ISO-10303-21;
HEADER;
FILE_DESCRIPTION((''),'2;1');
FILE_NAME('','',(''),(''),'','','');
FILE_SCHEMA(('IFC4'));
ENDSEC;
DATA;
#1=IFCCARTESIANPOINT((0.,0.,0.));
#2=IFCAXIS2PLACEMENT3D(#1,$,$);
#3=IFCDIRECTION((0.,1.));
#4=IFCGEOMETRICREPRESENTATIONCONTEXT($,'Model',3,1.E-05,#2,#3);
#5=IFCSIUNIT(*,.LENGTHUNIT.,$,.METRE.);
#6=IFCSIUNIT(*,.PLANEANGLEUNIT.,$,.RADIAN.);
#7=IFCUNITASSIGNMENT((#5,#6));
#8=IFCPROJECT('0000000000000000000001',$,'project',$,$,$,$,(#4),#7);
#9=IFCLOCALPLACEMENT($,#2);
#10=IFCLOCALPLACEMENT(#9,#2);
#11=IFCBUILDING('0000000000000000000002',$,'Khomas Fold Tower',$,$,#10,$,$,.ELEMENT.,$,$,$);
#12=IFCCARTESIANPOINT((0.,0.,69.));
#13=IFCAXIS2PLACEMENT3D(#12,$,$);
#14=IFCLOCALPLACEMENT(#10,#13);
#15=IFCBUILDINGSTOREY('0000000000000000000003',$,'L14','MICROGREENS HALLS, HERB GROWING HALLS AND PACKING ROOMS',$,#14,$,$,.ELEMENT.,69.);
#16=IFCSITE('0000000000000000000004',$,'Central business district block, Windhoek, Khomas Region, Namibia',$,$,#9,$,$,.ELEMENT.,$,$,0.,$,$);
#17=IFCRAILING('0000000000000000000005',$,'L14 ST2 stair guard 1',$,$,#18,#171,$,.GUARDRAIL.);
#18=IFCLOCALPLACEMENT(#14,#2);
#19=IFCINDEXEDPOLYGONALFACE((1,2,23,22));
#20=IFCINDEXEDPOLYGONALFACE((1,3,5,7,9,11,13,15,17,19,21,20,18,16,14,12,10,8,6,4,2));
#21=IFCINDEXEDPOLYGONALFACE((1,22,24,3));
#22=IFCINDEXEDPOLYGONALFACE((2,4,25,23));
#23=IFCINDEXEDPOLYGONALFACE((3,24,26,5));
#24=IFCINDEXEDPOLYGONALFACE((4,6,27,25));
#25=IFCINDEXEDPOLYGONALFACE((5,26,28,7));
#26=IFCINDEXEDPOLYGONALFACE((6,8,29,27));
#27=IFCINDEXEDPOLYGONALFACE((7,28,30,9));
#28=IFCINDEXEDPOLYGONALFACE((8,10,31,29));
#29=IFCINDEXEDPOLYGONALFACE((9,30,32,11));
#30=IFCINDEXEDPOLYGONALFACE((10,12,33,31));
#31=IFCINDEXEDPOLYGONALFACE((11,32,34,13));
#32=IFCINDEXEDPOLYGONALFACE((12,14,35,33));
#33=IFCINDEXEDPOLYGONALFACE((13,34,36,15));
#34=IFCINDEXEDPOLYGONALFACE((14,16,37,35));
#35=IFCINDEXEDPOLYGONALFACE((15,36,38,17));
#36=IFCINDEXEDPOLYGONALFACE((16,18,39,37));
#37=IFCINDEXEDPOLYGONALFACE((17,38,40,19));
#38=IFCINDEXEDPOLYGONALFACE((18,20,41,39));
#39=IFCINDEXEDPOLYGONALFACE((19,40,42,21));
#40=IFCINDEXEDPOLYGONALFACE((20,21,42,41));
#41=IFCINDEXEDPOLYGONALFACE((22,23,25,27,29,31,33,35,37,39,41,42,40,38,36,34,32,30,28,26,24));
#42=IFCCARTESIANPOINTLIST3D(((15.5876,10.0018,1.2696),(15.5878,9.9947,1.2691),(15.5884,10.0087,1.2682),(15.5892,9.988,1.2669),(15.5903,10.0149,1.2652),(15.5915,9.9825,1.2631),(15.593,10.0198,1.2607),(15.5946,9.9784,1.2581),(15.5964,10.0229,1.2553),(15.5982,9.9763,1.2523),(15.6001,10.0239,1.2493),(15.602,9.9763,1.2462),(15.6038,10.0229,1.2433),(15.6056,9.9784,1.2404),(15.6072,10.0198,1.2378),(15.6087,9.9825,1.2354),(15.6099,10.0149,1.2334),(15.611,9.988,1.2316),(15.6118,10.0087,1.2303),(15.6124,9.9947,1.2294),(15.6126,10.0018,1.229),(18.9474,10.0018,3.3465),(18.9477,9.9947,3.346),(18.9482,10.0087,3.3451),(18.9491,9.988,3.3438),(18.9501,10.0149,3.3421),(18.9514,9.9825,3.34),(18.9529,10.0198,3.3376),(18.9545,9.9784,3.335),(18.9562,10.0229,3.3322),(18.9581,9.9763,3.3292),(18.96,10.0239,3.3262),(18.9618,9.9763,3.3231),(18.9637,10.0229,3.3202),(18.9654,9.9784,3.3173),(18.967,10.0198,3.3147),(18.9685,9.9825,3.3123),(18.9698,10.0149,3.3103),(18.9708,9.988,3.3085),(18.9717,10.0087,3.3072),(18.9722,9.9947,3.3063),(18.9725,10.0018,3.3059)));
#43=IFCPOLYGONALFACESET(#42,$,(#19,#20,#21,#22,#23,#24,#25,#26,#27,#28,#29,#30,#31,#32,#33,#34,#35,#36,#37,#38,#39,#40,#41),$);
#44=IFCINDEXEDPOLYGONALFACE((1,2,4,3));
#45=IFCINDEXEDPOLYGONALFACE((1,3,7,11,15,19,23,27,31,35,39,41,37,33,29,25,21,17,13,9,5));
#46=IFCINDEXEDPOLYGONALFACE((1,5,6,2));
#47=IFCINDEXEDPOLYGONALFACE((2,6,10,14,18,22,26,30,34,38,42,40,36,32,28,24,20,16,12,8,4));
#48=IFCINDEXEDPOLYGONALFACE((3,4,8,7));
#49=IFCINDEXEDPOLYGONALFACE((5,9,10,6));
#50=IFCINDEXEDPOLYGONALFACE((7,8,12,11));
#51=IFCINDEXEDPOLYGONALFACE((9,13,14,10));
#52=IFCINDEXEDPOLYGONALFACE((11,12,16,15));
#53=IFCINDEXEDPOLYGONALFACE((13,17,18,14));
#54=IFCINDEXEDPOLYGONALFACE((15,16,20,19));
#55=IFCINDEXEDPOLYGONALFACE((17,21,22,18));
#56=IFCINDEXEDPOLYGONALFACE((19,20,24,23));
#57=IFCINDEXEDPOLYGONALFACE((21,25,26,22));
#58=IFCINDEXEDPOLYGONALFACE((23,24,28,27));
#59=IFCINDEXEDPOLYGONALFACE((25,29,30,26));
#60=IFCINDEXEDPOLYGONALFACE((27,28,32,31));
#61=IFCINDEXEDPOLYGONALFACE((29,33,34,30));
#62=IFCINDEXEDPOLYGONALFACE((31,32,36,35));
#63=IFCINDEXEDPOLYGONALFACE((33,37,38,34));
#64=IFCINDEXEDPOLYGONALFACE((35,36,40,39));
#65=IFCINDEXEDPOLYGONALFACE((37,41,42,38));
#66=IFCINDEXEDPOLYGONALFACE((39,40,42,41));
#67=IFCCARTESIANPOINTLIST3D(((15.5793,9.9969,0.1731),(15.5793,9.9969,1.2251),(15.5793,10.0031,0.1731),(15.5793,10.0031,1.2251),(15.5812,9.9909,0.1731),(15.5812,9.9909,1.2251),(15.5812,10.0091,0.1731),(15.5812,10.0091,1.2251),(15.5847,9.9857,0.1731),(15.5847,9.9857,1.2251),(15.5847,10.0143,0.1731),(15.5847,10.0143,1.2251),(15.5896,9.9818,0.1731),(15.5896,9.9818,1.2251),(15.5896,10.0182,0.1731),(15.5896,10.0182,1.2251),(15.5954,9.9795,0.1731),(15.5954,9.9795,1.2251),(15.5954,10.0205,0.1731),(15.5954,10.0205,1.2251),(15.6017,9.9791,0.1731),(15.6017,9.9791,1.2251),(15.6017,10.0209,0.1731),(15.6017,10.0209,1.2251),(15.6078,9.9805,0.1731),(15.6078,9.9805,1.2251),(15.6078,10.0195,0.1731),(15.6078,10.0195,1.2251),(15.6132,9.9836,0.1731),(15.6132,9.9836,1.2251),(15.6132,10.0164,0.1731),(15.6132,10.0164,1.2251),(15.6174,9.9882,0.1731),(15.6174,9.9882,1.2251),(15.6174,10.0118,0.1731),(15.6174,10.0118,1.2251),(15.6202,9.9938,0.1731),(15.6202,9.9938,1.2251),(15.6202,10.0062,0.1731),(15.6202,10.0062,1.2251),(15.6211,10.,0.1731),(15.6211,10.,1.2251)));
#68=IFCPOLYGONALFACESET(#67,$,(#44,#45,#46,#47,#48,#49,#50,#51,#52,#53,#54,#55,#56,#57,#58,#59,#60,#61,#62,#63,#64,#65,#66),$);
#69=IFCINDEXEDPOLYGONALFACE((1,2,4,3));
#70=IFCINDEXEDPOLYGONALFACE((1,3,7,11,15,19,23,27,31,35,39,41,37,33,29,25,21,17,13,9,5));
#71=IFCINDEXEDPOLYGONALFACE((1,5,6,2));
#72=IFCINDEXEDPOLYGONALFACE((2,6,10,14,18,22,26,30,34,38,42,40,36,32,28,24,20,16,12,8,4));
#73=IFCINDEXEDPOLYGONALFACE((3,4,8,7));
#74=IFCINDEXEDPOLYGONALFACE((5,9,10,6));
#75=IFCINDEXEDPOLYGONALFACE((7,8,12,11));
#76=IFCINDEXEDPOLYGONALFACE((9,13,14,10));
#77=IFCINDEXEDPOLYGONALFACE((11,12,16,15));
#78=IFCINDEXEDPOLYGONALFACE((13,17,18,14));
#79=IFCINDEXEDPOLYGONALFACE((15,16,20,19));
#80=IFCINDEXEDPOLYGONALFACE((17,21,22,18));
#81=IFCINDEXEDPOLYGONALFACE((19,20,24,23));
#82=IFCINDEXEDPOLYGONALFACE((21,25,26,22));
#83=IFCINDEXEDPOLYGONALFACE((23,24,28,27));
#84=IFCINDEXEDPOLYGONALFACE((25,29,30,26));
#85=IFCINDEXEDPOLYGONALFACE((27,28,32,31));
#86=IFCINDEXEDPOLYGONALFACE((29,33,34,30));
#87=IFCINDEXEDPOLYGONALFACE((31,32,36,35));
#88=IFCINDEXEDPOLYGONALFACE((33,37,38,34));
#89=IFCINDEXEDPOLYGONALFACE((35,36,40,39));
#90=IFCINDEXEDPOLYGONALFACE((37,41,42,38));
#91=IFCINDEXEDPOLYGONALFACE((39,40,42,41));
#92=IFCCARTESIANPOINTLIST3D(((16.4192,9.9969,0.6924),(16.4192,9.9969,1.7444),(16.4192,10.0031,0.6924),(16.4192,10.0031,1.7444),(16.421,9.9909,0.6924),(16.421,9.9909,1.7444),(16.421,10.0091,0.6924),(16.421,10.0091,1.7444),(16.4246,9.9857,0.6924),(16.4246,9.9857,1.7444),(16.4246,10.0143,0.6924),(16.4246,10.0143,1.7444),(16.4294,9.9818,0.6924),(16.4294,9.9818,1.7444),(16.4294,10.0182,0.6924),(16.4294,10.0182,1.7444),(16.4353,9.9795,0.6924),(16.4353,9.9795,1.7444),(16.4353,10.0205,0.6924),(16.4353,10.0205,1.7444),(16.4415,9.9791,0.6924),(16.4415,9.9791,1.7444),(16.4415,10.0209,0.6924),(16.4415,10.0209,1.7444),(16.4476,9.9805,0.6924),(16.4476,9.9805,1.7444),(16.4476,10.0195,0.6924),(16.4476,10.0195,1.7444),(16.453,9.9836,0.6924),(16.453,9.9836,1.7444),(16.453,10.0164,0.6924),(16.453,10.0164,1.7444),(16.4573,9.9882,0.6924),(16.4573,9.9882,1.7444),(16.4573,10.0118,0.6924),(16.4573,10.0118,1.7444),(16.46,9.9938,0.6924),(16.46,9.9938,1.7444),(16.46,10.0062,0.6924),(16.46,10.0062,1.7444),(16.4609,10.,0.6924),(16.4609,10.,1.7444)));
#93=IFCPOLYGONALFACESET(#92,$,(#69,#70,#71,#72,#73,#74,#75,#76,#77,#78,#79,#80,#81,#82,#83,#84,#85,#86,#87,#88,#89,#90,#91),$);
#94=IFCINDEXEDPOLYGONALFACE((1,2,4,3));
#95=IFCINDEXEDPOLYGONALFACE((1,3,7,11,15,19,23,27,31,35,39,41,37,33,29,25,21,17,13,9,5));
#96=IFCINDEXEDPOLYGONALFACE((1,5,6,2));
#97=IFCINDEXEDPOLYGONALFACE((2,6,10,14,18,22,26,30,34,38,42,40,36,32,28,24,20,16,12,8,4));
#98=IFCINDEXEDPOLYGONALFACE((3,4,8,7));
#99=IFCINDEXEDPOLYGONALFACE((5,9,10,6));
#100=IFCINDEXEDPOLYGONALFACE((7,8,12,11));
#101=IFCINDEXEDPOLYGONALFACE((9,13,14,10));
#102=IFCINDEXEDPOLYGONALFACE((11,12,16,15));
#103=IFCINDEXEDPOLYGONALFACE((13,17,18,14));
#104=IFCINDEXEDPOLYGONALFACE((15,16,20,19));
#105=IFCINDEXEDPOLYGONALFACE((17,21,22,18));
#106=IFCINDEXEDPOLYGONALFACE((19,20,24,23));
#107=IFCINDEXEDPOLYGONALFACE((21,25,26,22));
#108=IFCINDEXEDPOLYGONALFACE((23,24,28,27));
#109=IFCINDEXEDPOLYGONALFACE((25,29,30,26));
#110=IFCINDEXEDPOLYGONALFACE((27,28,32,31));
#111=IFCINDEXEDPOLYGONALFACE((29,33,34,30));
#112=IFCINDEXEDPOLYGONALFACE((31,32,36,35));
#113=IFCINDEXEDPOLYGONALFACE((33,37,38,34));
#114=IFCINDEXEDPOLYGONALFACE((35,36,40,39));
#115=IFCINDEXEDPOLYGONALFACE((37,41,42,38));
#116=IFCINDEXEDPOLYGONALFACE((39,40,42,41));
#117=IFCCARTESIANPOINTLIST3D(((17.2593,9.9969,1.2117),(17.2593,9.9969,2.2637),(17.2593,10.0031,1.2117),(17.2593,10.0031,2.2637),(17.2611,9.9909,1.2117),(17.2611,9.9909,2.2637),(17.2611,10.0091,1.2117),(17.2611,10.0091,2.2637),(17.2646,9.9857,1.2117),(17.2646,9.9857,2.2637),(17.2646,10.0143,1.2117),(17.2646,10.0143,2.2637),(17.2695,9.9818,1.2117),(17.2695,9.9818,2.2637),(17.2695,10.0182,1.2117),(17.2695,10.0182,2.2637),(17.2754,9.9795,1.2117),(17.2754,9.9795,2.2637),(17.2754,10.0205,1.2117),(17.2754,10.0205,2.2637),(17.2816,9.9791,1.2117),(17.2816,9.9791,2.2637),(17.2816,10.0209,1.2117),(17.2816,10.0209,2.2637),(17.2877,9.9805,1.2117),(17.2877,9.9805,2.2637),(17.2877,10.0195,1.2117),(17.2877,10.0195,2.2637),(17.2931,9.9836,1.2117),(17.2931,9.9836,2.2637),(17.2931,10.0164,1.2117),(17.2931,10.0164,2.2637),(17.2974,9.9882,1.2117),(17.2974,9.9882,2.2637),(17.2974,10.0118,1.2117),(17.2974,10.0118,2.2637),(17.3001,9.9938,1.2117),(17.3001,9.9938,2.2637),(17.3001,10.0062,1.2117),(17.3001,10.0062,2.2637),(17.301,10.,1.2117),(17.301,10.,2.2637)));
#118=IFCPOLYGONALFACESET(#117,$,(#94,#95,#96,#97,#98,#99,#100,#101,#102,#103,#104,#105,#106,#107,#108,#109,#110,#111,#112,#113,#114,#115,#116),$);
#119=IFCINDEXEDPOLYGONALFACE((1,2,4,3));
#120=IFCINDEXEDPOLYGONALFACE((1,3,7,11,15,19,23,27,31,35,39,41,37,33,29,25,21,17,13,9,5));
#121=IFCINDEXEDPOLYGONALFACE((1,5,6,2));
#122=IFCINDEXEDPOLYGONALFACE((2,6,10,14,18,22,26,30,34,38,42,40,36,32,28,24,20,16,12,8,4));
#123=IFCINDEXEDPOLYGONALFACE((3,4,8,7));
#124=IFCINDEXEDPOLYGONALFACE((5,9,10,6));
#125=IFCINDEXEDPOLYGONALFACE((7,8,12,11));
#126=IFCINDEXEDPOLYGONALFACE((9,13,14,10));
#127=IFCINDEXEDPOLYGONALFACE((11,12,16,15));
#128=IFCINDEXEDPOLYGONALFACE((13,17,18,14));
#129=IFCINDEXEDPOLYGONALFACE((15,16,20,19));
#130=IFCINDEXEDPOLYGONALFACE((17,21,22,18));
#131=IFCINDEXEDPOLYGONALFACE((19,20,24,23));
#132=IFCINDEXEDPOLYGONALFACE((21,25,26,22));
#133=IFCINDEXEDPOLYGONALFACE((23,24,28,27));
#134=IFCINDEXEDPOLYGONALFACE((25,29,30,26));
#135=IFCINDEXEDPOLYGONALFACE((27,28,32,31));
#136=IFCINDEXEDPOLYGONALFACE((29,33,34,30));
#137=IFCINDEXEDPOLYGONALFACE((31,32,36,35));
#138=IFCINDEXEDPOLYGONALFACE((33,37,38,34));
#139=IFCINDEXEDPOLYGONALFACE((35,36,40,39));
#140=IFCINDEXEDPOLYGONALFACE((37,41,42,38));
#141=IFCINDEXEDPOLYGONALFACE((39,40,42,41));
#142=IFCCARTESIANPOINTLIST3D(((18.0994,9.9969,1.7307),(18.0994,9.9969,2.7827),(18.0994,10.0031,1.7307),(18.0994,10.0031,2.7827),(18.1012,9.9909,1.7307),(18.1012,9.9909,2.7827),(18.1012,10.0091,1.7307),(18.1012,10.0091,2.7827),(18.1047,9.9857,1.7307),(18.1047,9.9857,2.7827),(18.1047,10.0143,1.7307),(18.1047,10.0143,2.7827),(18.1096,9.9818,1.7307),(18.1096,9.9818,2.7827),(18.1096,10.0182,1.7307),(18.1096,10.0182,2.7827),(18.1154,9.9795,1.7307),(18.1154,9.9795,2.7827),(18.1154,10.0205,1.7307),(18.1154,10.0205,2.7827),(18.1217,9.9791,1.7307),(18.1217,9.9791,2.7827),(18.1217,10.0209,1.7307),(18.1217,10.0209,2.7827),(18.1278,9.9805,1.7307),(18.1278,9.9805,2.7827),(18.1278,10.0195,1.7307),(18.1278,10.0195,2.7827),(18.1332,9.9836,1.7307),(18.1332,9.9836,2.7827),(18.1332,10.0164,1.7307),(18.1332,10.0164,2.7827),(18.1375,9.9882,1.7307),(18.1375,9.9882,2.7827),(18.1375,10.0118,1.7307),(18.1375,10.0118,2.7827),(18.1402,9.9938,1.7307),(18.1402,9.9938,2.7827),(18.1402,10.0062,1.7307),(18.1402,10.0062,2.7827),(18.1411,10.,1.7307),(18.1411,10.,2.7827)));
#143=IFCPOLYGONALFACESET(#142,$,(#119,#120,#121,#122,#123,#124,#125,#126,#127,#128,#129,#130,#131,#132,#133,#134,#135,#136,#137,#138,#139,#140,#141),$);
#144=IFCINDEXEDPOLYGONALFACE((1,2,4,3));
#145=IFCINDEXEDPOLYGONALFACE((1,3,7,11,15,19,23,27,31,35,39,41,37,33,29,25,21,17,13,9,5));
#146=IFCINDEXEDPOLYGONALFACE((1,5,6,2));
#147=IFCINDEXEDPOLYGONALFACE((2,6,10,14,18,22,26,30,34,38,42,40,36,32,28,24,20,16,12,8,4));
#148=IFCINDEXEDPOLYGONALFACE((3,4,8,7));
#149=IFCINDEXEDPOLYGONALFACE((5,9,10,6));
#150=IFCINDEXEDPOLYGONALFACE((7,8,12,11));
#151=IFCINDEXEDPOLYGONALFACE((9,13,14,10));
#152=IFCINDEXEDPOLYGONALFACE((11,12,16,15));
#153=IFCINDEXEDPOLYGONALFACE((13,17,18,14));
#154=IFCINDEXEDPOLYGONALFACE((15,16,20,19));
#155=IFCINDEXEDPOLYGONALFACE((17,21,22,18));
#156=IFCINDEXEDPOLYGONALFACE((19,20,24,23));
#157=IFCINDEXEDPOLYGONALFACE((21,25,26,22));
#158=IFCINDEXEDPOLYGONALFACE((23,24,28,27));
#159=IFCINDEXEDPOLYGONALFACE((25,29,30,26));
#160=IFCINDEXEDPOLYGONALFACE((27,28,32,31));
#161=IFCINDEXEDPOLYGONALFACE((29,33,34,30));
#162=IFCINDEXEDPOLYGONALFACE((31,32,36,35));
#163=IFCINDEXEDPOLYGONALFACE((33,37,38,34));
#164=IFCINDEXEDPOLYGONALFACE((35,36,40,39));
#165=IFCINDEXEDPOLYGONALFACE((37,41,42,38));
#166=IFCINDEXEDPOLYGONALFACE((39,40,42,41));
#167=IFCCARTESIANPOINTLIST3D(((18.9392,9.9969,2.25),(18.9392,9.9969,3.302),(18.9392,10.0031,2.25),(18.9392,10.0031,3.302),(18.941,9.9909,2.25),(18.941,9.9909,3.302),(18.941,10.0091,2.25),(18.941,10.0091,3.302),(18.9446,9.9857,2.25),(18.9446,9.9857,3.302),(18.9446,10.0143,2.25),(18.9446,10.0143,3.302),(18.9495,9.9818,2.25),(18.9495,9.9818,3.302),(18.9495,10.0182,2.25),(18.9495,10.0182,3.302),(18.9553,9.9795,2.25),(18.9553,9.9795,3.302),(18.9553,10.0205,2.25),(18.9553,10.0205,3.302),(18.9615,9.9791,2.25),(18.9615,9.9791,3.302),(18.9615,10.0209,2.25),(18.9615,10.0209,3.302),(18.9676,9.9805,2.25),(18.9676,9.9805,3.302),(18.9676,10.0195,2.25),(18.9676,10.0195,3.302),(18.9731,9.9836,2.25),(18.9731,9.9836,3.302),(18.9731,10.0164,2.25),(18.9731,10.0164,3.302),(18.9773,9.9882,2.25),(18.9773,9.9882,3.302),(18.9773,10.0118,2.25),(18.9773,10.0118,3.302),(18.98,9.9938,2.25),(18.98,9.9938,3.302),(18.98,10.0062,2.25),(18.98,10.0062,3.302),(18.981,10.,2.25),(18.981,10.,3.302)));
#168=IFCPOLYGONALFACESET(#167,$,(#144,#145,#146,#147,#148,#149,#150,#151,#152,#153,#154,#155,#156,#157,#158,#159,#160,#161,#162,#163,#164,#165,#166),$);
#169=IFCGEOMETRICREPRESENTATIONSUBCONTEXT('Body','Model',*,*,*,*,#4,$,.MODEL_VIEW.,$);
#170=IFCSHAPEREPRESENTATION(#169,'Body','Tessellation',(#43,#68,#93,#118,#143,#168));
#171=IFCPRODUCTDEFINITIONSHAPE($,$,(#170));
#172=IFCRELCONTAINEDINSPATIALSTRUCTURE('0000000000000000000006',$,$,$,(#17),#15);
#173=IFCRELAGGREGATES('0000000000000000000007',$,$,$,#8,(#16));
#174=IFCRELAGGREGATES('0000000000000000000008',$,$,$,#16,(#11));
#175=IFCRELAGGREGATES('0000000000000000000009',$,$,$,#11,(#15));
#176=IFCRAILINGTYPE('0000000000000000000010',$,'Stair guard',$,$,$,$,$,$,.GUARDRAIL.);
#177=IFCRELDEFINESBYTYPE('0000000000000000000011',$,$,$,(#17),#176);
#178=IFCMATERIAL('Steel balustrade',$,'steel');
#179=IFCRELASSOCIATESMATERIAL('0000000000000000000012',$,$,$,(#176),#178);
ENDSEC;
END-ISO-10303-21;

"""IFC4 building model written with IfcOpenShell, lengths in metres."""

from ifc_helpers import new_model, si_unit, direction, frame, origin, origin_2d, place, context, subcontext, project, spatial, circle, extrude, source, transform, mapped, material, type_object, element, save


model = new_model("IFC4")

# Units and contexts
model_context = context("Model", 3, precision=1e-05, world=origin(), true_north=direction((0.0, 1.0)))
body_context = subcontext(model_context, "Body", "Model", "MODEL_VIEW")
ifc_project = project(units=[si_unit("LENGTHUNIT", "METRE"), si_unit("PLANEANGLEUNIT", "RADIAN")], contexts=[model_context])

# Site, building, storey
site_placement = place(None, origin())
site = spatial("IfcSite", under=ifc_project, at=site_placement, Name="Central business district block, Windhoek, Khomas Region, Namibia", CompositionType="ELEMENT", RefElevation=0.0)
building_placement = place(site_placement, origin())
building = spatial("IfcBuilding", under=site, at=building_placement, Name="Khomas Fold Tower", CompositionType="ELEMENT")
storey_placement = place(building_placement, frame((0.0, 0.0, 69.0)))
storey = spatial("IfcBuildingStorey", under=building, at=storey_placement, Name="L14", Description="MICROGREENS HALLS, HERB GROWING HALLS AND PACKING ROOMS", CompositionType="ELEMENT", Elevation=69.0)

# Railing
ifc_material_1 = material(Name="Steel balustrade", Category="steel")
railing_type_1 = type_object("IfcRailingType", Name="Stair guard", PredefinedType="GUARDRAIL", material=ifc_material_1)
shared_shape_1 = source(origin(), body_context, "Body", "SweptSolid", [
    extrude(circle(Radius=0.0239, at=origin_2d()), frame((0.0, 0.0, 1.0762), z_axis=(0.850606, 0.0, 0.525803), x_axis=(0.0, 1.0, 0.0)), (0.0, 0.0, 1.0), 3.95),
    extrude(circle(Radius=0.021, at=origin_2d()), origin(), (0.0, 0.0, 1.0), 1.052),
    extrude(circle(Radius=0.021, at=origin_2d()), frame((0.8398, 0.0, 0.5193)), (0.0, 0.0, 1.0), 1.052),
    extrude(circle(Radius=0.021, at=origin_2d()), frame((1.6799, 0.0, 1.0386)), (0.0, 0.0, 1.0), 1.052),
    extrude(circle(Radius=0.021, at=origin_2d()), frame((2.52, 0.0, 1.5576)), (0.0, 0.0, 1.0), 1.052),
    extrude(circle(Radius=0.021, at=origin_2d()), frame((3.3599, 0.0, 2.0769)), (0.0, 0.0, 1.0), 1.052),
])
railing_1_placement = place(storey_placement, frame((15.6001, 10.0, 0.1731)))
element("IfcRailing", 1, at=railing_1_placement, inside=storey, type_object=railing_type_1, Name="L14 ST2 stair guard 1", PredefinedType="GUARDRAIL", context=body_context, shape_type="MappedRepresentation", body=[
    mapped(shared_shape_1, transform((0.0, 0.0, 0.0))),
])

save(model, "model.ifc")
